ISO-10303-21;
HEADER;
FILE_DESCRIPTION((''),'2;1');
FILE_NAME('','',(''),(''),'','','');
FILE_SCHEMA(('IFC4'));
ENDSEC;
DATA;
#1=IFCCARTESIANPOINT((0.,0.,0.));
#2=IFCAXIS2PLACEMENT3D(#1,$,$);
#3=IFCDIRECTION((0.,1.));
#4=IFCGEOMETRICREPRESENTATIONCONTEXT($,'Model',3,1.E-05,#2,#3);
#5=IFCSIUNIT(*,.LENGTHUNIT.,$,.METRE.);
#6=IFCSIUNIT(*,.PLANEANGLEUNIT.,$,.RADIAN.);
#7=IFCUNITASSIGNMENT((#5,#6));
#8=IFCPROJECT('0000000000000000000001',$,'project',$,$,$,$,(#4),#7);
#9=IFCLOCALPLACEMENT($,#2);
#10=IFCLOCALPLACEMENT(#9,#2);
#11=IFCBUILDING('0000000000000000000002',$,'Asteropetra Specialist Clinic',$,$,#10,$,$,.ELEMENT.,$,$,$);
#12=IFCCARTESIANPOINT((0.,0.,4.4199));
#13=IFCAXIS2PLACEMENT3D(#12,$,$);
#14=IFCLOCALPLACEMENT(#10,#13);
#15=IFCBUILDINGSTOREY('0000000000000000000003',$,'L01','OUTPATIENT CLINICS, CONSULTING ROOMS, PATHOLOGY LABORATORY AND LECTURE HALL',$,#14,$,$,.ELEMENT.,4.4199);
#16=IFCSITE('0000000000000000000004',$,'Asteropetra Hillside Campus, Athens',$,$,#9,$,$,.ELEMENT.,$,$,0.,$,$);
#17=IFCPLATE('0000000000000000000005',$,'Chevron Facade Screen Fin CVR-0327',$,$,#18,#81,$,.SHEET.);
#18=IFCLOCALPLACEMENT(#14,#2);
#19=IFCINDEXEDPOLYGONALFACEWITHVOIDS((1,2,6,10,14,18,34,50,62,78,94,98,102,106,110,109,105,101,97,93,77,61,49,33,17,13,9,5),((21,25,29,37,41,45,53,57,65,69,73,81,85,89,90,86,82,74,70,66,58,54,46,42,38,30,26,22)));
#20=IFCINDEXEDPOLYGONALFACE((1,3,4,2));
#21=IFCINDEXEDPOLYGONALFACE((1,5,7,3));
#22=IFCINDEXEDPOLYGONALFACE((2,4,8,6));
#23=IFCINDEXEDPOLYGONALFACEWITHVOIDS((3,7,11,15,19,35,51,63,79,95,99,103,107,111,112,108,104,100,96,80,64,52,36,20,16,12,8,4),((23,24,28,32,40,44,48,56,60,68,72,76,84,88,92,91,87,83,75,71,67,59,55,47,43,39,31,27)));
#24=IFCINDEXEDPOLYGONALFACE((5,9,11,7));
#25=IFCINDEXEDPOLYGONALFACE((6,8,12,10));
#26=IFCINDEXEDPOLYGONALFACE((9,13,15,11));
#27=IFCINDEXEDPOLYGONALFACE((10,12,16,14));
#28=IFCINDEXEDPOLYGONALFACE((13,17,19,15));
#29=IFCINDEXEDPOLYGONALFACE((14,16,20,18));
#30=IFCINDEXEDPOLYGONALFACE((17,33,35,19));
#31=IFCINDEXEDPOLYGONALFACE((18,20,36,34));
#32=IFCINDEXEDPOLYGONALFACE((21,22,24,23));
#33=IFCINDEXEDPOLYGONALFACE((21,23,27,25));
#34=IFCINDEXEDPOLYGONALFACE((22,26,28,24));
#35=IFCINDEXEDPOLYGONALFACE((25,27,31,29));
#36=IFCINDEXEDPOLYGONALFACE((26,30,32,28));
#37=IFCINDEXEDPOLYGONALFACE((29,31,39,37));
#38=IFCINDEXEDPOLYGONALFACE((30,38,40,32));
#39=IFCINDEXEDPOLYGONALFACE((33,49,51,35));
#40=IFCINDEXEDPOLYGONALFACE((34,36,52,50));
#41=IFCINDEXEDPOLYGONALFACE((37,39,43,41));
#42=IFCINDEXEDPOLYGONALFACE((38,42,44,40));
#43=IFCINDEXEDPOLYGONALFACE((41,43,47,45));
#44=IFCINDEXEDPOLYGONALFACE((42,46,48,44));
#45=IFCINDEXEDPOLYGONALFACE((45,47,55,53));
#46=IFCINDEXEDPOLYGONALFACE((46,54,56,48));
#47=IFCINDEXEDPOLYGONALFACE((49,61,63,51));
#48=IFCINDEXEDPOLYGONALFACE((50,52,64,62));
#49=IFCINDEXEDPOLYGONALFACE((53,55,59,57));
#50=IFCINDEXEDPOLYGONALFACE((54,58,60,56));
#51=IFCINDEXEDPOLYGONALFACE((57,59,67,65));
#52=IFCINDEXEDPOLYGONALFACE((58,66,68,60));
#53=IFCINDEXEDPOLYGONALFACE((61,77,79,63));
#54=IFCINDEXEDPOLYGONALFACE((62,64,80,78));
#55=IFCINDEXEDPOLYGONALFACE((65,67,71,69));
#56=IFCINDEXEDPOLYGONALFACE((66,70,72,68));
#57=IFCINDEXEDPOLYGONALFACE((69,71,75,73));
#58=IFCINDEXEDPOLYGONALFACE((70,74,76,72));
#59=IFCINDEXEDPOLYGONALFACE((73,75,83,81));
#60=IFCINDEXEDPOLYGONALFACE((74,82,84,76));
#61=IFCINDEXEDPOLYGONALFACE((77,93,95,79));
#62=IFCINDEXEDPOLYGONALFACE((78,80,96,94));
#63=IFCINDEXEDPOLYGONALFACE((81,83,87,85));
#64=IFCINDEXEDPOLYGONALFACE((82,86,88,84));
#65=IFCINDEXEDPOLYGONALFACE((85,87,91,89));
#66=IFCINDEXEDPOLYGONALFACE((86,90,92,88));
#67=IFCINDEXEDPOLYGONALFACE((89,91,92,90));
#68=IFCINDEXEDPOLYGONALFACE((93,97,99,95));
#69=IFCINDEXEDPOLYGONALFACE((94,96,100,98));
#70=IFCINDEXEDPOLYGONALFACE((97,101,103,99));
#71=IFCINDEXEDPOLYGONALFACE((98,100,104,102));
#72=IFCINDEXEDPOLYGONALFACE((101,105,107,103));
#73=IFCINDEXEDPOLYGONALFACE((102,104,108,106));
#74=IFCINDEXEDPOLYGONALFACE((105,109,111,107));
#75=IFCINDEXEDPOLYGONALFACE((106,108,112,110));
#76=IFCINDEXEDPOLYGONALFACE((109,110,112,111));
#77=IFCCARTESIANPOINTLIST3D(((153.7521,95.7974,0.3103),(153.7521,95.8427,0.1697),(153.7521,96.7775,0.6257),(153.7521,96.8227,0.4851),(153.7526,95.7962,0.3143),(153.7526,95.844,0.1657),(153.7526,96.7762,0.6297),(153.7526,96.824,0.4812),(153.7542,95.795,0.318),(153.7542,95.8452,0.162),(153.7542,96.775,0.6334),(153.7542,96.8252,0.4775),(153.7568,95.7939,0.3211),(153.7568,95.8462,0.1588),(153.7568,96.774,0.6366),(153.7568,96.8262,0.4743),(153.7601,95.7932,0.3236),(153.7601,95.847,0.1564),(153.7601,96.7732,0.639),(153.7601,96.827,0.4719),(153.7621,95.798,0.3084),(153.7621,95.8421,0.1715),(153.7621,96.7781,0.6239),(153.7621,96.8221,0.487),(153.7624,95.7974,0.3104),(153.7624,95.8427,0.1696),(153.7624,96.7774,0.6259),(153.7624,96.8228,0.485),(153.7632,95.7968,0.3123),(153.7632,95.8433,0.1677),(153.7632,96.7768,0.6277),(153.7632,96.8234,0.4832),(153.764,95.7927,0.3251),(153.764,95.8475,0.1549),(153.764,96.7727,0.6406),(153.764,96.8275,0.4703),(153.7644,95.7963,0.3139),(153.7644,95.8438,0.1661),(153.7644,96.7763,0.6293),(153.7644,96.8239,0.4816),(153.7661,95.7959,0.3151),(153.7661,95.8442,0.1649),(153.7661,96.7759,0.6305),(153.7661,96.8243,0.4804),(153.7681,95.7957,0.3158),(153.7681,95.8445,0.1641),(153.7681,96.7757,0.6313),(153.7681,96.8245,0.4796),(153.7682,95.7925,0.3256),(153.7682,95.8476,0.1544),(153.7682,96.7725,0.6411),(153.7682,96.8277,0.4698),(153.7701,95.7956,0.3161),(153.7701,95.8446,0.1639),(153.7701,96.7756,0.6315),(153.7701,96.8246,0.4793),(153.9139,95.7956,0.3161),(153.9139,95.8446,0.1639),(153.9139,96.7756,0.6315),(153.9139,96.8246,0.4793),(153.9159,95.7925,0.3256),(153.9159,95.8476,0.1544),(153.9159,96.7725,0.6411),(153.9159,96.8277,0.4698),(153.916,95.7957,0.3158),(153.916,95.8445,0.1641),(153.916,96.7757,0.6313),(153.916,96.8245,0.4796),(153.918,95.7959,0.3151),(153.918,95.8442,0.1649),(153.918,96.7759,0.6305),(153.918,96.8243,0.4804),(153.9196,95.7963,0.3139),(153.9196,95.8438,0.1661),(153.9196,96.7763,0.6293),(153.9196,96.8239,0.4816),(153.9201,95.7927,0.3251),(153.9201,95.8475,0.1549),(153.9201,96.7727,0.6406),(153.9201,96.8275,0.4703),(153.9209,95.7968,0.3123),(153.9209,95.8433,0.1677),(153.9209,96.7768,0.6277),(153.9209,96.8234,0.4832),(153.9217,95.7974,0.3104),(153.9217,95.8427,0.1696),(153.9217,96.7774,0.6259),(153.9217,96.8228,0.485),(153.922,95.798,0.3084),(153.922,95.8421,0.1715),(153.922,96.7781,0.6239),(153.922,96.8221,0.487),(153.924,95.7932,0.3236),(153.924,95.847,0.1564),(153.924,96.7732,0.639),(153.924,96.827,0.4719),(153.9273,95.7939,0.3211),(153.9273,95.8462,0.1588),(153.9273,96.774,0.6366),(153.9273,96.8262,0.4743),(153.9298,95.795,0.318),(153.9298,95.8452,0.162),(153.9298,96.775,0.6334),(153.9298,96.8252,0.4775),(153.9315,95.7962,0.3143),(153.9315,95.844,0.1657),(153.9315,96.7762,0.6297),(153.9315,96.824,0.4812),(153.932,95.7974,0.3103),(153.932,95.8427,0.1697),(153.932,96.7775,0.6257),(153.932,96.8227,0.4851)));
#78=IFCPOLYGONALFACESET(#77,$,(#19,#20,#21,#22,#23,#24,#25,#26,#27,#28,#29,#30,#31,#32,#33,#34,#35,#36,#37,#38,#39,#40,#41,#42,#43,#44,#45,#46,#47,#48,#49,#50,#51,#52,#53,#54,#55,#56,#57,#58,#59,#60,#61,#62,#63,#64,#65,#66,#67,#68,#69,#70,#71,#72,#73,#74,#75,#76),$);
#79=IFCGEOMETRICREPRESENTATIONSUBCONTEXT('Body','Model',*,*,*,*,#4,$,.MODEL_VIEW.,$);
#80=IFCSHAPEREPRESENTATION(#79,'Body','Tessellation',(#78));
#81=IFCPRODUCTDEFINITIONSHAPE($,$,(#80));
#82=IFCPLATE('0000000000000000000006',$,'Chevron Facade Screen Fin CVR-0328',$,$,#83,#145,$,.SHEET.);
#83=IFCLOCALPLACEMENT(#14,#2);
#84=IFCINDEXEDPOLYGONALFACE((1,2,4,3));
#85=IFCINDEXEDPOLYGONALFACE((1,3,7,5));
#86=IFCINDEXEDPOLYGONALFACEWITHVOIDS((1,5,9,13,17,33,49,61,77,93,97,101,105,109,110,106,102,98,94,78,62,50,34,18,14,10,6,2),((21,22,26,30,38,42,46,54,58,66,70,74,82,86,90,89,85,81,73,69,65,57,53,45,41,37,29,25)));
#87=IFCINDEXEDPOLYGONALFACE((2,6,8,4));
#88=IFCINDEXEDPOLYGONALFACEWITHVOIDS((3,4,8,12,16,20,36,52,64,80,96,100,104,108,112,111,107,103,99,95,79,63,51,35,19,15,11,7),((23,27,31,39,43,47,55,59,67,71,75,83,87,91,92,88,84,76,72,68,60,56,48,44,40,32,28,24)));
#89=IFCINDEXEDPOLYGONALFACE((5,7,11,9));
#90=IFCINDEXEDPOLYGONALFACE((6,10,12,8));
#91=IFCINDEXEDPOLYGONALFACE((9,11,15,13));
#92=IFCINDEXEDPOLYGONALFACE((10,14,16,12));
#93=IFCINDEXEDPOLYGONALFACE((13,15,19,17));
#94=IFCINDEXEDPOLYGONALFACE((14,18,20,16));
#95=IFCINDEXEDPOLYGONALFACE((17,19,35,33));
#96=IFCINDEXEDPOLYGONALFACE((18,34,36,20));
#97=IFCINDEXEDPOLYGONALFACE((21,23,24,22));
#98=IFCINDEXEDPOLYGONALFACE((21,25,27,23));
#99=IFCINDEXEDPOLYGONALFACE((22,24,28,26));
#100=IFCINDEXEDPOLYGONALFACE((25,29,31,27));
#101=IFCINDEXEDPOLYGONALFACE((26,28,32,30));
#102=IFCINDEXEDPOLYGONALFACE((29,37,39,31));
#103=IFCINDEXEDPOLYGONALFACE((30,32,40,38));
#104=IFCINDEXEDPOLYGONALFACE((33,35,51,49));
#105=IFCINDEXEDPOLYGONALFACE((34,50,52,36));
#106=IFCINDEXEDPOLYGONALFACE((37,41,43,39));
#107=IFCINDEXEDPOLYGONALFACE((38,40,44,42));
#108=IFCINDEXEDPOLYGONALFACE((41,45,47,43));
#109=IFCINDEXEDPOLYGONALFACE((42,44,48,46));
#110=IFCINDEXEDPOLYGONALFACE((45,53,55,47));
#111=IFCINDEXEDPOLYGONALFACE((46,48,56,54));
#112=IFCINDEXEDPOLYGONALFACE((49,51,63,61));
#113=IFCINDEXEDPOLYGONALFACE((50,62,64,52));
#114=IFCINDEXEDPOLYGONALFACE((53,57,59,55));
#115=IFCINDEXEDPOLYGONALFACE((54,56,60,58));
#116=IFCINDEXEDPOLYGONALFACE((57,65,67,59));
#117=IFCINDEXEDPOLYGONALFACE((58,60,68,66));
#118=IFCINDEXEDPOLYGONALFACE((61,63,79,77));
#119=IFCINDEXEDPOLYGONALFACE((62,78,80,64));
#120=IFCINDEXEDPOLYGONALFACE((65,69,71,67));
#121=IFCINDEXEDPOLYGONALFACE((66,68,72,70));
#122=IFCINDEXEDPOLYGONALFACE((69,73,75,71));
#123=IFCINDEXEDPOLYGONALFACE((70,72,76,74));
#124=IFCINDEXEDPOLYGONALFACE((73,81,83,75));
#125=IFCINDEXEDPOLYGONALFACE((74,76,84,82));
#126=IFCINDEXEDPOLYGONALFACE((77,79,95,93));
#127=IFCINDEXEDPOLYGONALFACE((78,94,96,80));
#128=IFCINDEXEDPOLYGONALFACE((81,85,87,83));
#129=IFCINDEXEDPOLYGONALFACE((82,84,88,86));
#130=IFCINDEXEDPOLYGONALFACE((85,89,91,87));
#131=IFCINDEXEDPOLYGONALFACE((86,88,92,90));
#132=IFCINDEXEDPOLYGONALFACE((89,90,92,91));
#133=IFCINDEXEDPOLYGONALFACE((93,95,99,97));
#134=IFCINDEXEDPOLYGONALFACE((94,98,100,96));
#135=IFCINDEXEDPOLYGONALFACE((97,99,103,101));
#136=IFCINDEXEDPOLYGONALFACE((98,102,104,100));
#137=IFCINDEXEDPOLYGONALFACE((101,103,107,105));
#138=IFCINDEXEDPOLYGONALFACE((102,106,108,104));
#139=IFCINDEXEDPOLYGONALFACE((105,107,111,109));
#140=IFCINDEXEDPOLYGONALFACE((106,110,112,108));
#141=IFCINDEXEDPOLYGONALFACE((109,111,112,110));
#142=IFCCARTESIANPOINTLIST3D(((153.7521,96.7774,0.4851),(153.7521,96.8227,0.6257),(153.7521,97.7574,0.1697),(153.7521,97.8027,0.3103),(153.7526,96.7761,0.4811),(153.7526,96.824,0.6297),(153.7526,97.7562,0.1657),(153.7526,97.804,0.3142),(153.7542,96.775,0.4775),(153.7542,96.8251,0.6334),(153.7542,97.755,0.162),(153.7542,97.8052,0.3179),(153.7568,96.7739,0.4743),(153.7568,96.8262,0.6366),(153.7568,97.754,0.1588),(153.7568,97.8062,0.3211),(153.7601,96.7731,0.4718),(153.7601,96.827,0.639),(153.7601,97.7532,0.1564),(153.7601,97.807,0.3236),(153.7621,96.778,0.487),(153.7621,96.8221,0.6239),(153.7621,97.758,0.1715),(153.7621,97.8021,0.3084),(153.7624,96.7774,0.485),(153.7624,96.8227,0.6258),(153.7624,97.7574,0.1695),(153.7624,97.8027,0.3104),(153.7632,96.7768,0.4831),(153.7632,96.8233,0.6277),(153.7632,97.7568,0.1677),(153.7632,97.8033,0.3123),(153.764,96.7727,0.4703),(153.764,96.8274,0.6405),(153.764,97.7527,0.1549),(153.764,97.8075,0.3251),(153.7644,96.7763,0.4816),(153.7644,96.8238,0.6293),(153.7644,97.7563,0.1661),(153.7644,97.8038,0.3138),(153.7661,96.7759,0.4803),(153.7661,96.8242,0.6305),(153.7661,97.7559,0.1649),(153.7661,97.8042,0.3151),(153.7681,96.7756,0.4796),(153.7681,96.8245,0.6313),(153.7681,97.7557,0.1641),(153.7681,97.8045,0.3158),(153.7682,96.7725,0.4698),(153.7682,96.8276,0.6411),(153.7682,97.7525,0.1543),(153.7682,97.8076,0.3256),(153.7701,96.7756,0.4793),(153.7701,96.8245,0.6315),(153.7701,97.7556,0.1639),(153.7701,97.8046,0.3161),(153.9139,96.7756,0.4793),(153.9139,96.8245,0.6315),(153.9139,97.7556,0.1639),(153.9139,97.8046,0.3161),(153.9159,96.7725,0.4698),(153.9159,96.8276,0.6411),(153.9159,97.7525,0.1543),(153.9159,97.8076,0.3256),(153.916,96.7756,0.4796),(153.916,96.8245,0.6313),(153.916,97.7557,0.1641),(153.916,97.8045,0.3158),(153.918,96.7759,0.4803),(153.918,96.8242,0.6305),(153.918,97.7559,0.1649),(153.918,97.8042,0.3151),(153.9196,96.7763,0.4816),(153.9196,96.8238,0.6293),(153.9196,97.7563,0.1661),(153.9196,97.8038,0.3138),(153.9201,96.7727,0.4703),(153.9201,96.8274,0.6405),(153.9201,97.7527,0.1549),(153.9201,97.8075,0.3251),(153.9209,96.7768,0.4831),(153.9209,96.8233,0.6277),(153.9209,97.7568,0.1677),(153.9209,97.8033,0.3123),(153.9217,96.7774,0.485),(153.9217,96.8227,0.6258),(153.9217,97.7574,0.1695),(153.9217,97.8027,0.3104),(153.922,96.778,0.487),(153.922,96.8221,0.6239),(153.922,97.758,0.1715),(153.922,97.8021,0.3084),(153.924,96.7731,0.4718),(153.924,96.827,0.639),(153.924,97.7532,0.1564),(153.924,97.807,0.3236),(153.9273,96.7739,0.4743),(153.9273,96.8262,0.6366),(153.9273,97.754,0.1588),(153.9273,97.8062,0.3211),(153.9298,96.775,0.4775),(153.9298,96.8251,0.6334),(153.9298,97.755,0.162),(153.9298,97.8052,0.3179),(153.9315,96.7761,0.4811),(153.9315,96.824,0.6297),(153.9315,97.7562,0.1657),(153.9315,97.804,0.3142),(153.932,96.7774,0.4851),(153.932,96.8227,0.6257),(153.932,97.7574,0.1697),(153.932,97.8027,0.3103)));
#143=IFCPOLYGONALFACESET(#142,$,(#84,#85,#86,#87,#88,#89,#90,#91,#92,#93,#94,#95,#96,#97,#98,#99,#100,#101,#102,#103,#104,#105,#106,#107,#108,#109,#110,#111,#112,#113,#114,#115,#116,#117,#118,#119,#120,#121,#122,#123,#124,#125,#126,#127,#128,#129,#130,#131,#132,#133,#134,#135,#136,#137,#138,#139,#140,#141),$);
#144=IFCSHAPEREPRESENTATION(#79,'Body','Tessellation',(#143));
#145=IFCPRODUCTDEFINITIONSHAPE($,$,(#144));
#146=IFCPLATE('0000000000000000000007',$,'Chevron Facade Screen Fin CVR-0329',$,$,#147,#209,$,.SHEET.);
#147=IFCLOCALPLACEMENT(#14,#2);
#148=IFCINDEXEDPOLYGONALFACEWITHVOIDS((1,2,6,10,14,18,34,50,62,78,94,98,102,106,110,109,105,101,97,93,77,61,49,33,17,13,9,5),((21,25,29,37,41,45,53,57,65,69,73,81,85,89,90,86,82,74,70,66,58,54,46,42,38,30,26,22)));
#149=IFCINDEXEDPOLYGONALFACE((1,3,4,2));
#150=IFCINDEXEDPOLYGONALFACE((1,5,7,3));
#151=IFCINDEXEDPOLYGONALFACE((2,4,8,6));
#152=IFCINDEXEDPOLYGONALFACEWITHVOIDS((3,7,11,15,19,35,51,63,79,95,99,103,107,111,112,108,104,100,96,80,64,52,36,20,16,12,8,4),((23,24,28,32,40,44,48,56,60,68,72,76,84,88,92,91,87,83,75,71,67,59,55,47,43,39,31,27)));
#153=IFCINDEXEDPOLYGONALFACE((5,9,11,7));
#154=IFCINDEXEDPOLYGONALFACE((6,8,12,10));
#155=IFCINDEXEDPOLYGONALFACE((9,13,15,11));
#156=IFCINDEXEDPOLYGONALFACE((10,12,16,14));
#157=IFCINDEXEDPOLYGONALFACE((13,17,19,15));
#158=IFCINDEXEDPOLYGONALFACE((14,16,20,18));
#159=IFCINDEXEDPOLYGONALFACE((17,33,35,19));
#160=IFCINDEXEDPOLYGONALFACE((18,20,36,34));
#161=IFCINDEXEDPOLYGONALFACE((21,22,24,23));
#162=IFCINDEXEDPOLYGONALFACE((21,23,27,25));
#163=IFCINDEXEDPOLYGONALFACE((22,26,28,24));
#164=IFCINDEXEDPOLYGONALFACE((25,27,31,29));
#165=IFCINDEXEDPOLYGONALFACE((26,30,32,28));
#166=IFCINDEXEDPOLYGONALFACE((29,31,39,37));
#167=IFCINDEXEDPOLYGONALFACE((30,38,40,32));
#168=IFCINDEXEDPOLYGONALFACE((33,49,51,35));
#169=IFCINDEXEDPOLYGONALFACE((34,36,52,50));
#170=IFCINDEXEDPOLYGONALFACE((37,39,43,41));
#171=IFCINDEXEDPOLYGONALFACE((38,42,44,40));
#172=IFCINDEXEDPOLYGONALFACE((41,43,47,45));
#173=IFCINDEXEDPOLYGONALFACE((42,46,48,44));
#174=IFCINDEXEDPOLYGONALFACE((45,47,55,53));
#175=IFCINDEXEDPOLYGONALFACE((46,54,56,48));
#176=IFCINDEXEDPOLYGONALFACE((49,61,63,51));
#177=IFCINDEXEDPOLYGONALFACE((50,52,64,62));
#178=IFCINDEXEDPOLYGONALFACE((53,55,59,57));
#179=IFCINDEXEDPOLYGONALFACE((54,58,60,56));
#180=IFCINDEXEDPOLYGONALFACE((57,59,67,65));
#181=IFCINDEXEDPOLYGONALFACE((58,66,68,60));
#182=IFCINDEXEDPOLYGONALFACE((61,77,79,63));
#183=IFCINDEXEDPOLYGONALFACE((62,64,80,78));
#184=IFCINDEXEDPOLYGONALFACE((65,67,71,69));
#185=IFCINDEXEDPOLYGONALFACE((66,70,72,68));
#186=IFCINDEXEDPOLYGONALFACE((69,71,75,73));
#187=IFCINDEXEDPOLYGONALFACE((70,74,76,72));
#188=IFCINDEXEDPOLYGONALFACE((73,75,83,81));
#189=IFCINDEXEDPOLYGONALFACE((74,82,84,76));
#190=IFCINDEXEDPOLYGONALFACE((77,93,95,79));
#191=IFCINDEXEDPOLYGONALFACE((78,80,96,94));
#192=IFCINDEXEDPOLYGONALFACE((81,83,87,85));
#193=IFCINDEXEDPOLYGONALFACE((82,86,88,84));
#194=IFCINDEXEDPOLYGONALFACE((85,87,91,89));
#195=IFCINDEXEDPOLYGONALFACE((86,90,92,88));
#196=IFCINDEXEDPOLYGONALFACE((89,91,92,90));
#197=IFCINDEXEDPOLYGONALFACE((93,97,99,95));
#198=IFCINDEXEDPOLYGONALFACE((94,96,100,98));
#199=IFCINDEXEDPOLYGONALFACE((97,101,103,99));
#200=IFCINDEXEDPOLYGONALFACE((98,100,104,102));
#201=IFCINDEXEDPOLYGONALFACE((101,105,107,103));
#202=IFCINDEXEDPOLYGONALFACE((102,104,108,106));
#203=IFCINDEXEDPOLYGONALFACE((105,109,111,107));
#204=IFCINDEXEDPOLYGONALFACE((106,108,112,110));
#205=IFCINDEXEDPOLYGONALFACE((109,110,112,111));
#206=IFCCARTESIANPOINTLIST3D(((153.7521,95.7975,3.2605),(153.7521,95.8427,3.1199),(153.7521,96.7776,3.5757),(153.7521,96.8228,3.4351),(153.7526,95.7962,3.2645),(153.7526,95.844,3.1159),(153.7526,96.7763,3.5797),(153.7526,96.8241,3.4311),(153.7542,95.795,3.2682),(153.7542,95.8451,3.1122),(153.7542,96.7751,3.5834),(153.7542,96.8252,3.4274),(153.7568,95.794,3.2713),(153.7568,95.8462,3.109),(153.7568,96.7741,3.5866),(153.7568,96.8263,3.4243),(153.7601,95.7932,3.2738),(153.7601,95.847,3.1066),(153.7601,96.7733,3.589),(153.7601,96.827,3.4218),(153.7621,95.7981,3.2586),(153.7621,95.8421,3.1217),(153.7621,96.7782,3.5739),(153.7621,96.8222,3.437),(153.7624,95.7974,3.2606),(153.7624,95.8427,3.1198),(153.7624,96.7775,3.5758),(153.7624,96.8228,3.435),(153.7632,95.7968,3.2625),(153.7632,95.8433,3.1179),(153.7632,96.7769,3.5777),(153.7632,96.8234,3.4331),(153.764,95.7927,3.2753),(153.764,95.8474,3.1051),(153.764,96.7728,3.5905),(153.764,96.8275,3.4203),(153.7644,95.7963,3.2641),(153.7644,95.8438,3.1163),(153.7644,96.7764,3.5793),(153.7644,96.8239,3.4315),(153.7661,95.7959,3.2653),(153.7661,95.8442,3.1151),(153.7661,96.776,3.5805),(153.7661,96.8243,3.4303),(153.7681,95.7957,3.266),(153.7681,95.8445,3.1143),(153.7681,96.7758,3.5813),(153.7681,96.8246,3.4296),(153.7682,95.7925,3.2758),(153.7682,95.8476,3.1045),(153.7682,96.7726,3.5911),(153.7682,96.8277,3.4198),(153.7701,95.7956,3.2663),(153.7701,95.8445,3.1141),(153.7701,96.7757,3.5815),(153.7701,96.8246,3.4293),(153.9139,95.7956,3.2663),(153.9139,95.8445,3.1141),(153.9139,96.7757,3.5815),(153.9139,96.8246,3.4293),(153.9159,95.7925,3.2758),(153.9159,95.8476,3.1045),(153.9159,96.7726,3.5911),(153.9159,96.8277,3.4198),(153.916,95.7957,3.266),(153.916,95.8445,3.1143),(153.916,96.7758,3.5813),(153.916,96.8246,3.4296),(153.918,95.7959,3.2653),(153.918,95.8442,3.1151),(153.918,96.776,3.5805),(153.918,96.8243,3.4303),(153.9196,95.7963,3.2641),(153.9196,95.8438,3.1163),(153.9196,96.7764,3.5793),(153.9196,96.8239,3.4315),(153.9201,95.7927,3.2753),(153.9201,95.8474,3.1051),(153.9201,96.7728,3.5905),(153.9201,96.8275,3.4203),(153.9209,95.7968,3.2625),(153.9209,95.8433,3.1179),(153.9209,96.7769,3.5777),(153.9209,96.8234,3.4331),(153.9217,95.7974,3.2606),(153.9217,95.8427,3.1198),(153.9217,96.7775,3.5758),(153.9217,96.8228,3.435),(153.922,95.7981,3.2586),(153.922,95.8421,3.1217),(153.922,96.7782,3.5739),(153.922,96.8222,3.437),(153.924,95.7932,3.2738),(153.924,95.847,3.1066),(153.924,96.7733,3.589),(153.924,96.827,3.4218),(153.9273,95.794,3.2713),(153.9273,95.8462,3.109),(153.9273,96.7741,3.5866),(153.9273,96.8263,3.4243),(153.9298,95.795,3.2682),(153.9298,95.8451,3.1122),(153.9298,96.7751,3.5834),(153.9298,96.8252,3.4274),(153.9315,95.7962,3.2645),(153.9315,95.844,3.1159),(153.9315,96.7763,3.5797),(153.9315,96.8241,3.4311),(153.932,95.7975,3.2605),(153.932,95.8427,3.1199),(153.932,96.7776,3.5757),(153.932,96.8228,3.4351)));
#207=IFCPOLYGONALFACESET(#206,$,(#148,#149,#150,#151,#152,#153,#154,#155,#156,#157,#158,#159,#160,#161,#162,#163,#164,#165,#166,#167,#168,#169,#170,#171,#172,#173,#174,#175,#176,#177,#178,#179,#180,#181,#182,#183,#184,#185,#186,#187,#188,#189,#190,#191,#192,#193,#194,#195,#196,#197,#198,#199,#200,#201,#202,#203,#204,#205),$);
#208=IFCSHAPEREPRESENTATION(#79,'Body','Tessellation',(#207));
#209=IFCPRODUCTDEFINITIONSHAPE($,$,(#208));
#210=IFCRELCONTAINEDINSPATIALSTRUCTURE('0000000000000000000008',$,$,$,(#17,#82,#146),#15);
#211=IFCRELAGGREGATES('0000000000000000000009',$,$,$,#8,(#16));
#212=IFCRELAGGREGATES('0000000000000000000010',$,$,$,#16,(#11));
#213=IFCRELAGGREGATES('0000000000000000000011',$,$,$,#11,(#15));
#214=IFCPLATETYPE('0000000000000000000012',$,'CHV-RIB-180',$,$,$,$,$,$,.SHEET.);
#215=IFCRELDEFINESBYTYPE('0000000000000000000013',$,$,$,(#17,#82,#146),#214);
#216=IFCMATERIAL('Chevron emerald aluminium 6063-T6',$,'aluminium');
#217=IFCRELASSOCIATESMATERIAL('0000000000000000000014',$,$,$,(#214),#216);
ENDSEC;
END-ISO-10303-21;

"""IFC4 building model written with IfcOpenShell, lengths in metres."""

from ifc_helpers import new_model, si_unit, direction, frame, origin, origin_2d, place, context, subcontext, project, spatial, hollow_rectangle, extrude, material, material_profile, profile_set, type_object, element, save


model = new_model("IFC4")

# Units and contexts
model_context = context("Model", 3, precision=1e-05, world=origin(), true_north=direction((0.0, 1.0)))
body_context = subcontext(model_context, "Body", "Model", "MODEL_VIEW")
ifc_project = project(units=[si_unit("LENGTHUNIT", "METRE"), si_unit("PLANEANGLEUNIT", "RADIAN")], contexts=[model_context])

# Site, building, storey
site_placement = place(None, origin())
site = spatial("IfcSite", under=ifc_project, at=site_placement, Name="Asteropetra Hillside Campus, Athens", CompositionType="ELEMENT", RefElevation=0.0)
building_placement = place(site_placement, origin())
building = spatial("IfcBuilding", under=site, at=building_placement, Name="Asteropetra Specialist Clinic", CompositionType="ELEMENT")
storey_placement = place(building_placement, frame((0.0, 0.0, 4.4199)))
storey = spatial("IfcBuildingStorey", under=building, at=storey_placement, Name="L01", Description="OUTPATIENT CLINICS, CONSULTING ROOMS, PATHOLOGY LABORATORY AND LECTURE HALL", CompositionType="ELEMENT", Elevation=4.4199)

# Plates
ifc_material_1 = material(Name="Chevron emerald aluminium 6063-T6", Category="aluminium")
ifc_material_profile = material_profile(ifc_material_1, hollow_rectangle(XDim=0.1799, YDim=0.1799, WallThickness=0.01, InnerFilletRadius=0.0081, OuterFilletRadius=0.0161, at=origin_2d()), Name="SHS 180x180x10.0")
ifc_profile_set = profile_set([ifc_material_profile], Name="Chevron emerald aluminium 6063-T6")
plate_type = type_object("IfcPlateType", Name="CHV-RIB-180", PredefinedType="SHEET", material=ifc_profile_set)
for number, where, z_axis, x_axis, name in (
    (1, (153.842, 95.8201, 0.24), (0.0, 0.951905, 0.306393), (-1.0, 0.0, 0.0), "Chevron Facade Screen Fin CVR-0327"),
    (2, (153.842, 96.8, 0.5554), (0.0, 0.951905, -0.306393), (-1.0, 0.0, 0.0), "Chevron Facade Screen Fin CVR-0328"),
    (3, (153.842, 95.8201, 3.1902), (0.0, 0.951974, 0.306178), (-1.0, 0.0, 0.0), "Chevron Facade Screen Fin CVR-0329"),
):
    element("IfcPlate", number, at=place(storey_placement, frame(where, z_axis=z_axis, x_axis=x_axis)), inside=storey, type_object=plate_type, Name=name, PredefinedType="SHEET", context=body_context, shape_type="SweptSolid", body=[
        extrude(hollow_rectangle(XDim=0.1799, YDim=0.1799, WallThickness=0.01, InnerFilletRadius=0.0081, OuterFilletRadius=0.0161, at=origin_2d()), origin(), (0.0, 0.0, 1.0), 1.0295),
    ])

save(model, "model.ifc")
